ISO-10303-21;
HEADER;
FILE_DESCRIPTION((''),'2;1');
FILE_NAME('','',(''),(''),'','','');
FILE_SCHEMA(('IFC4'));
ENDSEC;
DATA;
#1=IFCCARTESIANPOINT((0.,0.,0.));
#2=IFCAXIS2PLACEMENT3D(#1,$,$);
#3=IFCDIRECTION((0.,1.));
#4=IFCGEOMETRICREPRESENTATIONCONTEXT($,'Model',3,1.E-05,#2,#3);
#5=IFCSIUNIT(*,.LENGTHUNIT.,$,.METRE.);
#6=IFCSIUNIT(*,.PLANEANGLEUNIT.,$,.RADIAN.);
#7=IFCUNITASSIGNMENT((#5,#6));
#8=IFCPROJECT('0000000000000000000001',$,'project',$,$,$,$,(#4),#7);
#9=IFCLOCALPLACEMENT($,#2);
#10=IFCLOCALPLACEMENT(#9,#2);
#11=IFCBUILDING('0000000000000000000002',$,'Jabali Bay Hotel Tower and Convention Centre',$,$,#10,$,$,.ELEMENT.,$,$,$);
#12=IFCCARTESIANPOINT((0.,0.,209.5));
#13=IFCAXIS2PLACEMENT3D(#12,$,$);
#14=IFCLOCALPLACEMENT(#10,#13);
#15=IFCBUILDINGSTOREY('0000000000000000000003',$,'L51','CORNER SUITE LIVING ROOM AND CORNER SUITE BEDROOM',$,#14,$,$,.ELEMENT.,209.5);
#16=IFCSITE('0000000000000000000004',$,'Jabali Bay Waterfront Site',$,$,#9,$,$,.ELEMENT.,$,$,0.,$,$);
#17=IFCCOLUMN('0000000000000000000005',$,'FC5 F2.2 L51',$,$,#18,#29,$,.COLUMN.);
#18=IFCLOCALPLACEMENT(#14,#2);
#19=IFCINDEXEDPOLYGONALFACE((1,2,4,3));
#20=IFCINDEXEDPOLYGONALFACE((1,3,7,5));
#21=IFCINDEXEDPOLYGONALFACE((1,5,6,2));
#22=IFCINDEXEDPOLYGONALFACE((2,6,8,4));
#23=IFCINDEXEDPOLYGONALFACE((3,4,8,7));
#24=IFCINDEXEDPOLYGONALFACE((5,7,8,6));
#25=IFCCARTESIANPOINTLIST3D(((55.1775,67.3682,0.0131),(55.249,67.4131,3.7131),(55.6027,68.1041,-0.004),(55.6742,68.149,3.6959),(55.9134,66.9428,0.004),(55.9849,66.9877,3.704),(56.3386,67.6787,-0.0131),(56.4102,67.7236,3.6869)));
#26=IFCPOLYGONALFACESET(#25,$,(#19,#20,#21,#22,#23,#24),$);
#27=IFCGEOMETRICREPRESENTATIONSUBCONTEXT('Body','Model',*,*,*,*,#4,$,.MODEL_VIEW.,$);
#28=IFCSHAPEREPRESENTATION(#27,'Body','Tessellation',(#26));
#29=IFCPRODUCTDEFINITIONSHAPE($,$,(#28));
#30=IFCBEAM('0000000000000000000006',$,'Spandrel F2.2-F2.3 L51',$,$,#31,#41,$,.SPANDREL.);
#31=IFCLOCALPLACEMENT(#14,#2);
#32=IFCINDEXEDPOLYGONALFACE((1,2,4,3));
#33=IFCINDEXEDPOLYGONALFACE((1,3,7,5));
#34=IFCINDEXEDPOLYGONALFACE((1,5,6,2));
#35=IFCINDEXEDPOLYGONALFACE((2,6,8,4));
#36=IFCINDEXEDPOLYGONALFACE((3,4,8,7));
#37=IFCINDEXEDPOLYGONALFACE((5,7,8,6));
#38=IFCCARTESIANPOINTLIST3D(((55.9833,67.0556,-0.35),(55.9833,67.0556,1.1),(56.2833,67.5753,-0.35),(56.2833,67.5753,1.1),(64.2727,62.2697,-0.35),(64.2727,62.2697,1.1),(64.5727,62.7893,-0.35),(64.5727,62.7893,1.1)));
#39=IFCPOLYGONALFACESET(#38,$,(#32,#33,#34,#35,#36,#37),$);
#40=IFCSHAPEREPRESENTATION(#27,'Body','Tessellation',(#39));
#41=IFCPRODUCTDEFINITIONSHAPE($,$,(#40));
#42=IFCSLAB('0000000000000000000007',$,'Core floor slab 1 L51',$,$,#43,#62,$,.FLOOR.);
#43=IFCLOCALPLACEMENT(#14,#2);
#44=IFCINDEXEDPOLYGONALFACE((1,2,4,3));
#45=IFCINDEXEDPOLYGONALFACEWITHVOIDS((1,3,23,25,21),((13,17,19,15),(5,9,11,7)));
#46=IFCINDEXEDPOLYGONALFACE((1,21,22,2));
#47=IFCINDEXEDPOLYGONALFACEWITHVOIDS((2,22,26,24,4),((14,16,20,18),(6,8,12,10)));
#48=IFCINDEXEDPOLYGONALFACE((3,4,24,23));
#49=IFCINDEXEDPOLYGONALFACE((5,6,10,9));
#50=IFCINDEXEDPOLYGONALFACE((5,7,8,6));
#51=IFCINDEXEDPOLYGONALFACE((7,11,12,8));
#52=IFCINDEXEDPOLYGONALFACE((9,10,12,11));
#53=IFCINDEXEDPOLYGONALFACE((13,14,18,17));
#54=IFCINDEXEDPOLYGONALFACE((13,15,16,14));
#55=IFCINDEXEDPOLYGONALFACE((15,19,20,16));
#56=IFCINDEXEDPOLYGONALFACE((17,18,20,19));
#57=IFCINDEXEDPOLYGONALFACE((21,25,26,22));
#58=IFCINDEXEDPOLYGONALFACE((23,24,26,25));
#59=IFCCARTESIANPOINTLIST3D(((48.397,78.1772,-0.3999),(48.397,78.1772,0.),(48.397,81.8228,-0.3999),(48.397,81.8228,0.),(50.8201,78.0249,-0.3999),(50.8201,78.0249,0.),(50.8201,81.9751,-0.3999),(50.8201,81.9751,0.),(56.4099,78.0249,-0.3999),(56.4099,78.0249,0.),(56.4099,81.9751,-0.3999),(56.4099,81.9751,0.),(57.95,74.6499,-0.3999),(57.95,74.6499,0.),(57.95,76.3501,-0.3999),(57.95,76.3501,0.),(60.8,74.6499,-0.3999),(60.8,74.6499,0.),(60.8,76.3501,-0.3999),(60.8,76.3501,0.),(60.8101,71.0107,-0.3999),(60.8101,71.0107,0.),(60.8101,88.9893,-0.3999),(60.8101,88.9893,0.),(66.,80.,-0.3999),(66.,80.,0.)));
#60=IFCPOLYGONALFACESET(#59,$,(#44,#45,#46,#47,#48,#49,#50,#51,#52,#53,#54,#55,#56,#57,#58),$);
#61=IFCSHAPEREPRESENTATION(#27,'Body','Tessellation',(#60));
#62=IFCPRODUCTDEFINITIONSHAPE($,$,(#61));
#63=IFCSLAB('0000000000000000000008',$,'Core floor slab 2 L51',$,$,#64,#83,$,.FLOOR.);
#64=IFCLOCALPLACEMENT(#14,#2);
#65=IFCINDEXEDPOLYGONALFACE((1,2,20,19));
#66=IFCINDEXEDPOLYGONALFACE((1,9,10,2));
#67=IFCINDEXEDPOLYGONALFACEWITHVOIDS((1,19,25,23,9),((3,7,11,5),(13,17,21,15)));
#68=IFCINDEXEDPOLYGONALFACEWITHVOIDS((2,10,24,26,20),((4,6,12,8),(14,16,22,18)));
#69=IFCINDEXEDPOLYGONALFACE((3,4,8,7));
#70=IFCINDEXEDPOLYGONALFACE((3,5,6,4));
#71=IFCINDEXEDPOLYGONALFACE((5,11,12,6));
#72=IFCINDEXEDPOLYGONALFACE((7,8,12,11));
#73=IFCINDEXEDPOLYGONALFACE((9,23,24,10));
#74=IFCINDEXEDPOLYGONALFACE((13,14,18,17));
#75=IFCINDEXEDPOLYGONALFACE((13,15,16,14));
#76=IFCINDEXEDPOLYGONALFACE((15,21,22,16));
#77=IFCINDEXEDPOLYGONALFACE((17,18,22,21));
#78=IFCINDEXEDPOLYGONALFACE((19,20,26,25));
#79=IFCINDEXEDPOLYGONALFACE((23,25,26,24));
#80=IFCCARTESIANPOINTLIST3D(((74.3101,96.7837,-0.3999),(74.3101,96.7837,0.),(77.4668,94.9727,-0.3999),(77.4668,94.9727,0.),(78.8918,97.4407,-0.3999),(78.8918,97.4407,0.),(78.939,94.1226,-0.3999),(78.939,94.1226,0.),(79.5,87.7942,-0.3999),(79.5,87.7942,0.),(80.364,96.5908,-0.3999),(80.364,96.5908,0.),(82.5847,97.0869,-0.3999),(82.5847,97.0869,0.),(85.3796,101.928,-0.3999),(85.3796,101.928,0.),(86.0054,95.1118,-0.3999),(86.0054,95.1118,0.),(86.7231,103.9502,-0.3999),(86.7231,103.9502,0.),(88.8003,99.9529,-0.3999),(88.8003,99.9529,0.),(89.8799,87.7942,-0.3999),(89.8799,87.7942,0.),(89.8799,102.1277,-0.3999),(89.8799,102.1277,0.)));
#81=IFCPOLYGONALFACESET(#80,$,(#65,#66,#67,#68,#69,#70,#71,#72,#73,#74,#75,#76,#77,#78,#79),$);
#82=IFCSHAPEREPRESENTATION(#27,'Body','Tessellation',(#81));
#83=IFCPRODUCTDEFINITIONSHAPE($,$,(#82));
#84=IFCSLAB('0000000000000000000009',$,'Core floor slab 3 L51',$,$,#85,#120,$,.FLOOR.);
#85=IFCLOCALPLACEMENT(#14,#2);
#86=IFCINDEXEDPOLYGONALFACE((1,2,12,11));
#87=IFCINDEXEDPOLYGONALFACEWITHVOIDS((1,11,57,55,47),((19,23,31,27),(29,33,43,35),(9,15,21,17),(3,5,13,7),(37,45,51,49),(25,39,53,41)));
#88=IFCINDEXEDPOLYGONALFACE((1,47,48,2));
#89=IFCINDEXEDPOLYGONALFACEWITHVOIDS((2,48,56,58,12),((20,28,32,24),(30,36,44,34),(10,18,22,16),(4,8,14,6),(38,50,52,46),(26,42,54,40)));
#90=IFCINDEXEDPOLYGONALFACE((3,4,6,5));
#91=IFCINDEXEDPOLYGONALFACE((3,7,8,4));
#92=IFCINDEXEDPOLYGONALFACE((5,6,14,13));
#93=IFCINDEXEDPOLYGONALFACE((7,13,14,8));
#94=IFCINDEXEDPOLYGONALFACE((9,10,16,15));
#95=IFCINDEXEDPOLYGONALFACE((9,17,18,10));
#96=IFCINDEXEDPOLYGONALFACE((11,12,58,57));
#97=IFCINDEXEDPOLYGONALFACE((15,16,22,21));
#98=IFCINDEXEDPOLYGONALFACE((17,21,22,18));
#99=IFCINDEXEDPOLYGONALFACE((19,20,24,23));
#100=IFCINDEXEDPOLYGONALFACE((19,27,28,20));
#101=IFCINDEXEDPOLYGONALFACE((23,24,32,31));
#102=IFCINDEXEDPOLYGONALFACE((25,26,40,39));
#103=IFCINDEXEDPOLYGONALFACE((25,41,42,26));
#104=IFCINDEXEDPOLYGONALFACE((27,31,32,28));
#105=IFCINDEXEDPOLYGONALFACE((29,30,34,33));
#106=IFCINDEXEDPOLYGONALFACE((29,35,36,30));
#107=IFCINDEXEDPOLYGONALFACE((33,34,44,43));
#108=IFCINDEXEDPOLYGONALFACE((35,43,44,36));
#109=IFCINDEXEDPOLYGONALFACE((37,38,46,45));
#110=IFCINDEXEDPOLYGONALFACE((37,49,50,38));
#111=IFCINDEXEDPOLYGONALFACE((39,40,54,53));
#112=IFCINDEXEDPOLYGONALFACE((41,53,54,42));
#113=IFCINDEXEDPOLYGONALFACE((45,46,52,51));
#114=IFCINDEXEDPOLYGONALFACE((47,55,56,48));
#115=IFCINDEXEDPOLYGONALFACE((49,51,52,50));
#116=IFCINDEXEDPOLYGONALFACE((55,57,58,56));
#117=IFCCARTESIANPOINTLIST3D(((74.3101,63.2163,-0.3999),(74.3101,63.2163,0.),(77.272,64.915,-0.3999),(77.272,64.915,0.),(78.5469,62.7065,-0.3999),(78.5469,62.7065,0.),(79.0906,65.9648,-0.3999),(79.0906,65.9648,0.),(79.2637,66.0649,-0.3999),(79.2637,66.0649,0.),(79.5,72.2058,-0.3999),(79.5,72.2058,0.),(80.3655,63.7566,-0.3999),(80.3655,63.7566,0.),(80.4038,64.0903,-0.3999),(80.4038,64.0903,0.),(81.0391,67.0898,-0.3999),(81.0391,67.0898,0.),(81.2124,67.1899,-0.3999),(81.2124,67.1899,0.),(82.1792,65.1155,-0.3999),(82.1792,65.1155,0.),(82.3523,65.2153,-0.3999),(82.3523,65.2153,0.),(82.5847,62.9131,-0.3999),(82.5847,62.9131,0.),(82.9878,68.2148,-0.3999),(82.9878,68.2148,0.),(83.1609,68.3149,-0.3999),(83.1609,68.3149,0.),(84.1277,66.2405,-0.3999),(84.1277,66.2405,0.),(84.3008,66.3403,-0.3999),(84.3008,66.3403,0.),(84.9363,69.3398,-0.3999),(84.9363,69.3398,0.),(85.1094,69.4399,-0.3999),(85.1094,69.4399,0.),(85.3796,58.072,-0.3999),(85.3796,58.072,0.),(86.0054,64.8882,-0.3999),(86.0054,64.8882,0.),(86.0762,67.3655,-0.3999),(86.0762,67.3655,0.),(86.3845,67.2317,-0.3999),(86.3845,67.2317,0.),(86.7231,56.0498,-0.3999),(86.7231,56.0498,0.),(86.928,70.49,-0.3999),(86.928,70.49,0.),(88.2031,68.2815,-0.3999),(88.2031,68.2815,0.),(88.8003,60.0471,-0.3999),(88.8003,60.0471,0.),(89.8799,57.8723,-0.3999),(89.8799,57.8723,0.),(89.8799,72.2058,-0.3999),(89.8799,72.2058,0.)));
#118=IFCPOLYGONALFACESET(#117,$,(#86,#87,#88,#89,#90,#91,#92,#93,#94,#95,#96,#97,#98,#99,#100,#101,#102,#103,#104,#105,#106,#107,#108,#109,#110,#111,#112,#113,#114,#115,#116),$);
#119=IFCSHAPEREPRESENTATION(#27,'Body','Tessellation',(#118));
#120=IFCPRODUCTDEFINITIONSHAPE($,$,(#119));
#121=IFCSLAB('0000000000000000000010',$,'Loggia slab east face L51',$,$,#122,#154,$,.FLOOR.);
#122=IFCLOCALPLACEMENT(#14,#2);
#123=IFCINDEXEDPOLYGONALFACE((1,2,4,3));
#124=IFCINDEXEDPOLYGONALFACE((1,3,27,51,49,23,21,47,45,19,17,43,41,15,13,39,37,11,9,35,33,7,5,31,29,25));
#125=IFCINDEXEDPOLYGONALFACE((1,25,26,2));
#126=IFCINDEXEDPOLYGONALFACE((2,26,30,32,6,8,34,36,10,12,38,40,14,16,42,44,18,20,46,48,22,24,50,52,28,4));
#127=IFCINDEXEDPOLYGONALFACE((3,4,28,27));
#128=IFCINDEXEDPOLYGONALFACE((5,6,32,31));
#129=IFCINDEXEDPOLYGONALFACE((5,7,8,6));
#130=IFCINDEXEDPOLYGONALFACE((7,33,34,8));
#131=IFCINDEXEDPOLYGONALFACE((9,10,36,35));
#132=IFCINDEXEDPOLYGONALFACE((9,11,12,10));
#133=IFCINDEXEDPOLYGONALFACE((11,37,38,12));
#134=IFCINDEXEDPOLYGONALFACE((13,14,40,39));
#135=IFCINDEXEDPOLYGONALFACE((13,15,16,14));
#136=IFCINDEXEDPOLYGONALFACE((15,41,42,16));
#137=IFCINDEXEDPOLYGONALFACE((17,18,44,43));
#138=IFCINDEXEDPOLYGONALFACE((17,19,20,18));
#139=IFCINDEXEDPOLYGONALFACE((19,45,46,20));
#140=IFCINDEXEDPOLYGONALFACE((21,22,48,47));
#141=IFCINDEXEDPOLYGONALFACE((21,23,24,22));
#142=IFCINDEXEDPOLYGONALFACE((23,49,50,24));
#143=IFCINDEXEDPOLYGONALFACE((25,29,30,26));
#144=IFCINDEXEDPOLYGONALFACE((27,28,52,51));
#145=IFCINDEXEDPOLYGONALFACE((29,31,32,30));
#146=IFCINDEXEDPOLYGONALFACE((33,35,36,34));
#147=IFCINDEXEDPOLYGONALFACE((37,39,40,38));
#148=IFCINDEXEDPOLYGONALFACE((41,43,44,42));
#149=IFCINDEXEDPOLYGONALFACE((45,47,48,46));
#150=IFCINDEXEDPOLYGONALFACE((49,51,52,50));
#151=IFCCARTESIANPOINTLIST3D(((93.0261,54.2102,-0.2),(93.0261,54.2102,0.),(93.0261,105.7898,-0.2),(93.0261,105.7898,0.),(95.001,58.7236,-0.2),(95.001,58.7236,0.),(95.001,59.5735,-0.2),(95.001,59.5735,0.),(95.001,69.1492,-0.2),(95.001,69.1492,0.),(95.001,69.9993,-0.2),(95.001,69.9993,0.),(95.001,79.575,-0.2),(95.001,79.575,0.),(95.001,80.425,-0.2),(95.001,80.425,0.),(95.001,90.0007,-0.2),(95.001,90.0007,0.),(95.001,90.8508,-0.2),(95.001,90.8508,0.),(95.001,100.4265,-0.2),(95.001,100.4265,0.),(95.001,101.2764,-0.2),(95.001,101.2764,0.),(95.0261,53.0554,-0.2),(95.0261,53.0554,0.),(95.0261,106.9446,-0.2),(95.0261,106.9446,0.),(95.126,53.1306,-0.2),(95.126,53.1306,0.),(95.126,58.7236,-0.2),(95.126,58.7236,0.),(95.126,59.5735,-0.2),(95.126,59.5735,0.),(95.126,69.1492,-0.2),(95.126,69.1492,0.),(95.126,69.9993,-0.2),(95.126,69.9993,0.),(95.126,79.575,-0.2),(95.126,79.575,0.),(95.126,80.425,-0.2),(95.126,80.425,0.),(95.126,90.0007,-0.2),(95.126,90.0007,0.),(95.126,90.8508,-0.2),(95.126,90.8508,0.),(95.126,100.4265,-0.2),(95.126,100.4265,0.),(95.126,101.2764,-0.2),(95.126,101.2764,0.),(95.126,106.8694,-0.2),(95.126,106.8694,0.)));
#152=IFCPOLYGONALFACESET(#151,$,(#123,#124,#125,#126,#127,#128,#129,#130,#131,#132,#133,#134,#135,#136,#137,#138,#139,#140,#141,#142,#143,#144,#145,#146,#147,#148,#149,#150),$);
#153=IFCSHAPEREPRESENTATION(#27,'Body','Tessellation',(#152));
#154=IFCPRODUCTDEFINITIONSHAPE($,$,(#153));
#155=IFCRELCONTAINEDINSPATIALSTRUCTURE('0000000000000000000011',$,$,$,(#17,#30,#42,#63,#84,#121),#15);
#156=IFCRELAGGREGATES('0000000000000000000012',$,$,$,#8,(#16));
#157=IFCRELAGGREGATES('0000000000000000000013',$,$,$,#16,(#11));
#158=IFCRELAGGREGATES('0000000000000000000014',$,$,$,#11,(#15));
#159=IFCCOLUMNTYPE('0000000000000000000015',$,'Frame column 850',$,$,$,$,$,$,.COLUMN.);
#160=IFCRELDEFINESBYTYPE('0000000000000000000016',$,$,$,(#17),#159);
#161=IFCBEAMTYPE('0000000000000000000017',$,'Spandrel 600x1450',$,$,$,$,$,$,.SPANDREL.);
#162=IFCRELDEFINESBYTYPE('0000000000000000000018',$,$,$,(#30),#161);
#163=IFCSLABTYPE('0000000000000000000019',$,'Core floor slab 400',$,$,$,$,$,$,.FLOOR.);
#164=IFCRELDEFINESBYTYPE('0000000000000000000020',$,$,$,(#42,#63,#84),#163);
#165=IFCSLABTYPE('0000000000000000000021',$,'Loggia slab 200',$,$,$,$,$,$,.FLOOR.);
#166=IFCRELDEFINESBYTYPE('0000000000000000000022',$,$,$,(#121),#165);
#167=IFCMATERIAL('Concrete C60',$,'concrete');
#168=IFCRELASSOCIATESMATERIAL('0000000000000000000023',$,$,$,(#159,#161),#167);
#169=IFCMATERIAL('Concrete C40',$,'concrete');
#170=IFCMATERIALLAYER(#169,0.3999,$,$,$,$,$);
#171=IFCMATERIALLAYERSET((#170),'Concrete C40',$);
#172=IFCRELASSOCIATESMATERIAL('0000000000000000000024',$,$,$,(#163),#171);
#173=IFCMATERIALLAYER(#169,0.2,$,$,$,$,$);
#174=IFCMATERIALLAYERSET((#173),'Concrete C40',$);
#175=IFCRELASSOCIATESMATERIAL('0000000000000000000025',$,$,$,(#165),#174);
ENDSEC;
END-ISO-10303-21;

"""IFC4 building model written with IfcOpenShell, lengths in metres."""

from ifc_helpers import new_model, si_unit, direction, frame, origin, origin_2d, place, context, subcontext, project, spatial, polyline, rectangle, outline, extrude, material, layer, layer_set, material_profile, profile_set, type_object, element, save


model = new_model("IFC4")

# Units and contexts
model_context = context("Model", 3, precision=1e-05, world=origin(), true_north=direction((0.0, 1.0)))
body_context = subcontext(model_context, "Body", "Model", "MODEL_VIEW")
ifc_project = project(units=[si_unit("LENGTHUNIT", "METRE"), si_unit("PLANEANGLEUNIT", "RADIAN")], contexts=[model_context])

# Site, building, storey
site_placement = place(None, origin())
site = spatial("IfcSite", under=ifc_project, at=site_placement, Name="Jabali Bay Waterfront Site", CompositionType="ELEMENT", RefElevation=0.0)
building_placement = place(site_placement, origin())
building = spatial("IfcBuilding", under=site, at=building_placement, Name="Jabali Bay Hotel Tower and Convention Centre", CompositionType="ELEMENT")
storey_placement = place(building_placement, frame((0.0, 0.0, 209.5)))
storey = spatial("IfcBuildingStorey", under=building, at=storey_placement, Name="L51", Description="CORNER SUITE LIVING ROOM AND CORNER SUITE BEDROOM", CompositionType="ELEMENT", Elevation=209.5)

# Column
ifc_material_1 = material(Name="Concrete C60", Category="concrete")
ifc_material_profile_1 = material_profile(ifc_material_1, rectangle(XDim=0.8501, YDim=0.8501, at=origin_2d()), Name="Frame column 850")
ifc_profile_set_1 = profile_set([ifc_material_profile_1], Name="Concrete C60")
column_type = type_object("IfcColumnType", Name="Frame column 850", PredefinedType="COLUMN", material=ifc_profile_set_1)
column_placement = place(storey_placement, frame((55.7581, 67.5234, 0.0), z_axis=(0.019329, 0.012138, 0.99974), x_axis=(-0.865686, 0.500474, 0.01066)))
element("IfcColumn", 1, at=column_placement, inside=storey, type_object=column_type, Name="FC5 F2.2 L51", PredefinedType="COLUMN", context=body_context, shape_type="SweptSolid", body=[
    extrude(rectangle(XDim=0.8501, YDim=0.8501, at=origin_2d()), origin(), (0.0, 0.0, 1.0), 3.7009),
])

# Beam
ifc_material_profile_2 = material_profile(ifc_material_1, rectangle(XDim=0.6001, YDim=1.45, at=origin_2d()), Name="Spandrel 600x1450")
ifc_profile_set_2 = profile_set([ifc_material_profile_2], Name="Concrete C60")
beam_type = type_object("IfcBeamType", Name="Spandrel 600x1450", PredefinedType="SPANDREL", material=ifc_profile_set_2)
beam_placement = place(storey_placement, frame((56.1333, 67.3154, 0.375), z_axis=(0.866023, -0.500004, 0.0), x_axis=(0.500004, 0.866023, 0.0)))
element("IfcBeam", 2, at=beam_placement, inside=storey, type_object=beam_type, Name="Spandrel F2.2-F2.3 L51", PredefinedType="SPANDREL", context=body_context, shape_type="SweptSolid", body=[
    extrude(rectangle(XDim=0.6001, YDim=1.45, at=origin_2d()), origin(), (0.0, 0.0, 1.0), 9.5718),
])

# Slabs
ifc_material_2 = material(Name="Concrete C40", Category="concrete")
ifc_layer_1 = layer(ifc_material_2, 0.3999)
ifc_layer_set_1 = layer_set([ifc_layer_1], Name="Concrete C40")
slab_type_1 = type_object("IfcSlabType", Name="Core floor slab 400", PredefinedType="FLOOR", material=ifc_layer_set_1)
slab_1_placement = place(storey_placement, frame((0.0, 0.0, -0.3999)))
element("IfcSlab", 3, at=slab_1_placement, inside=storey, type_object=slab_type_1, Name="Core floor slab 1 L51", PredefinedType="FLOOR", context=body_context, shape_type="SweptSolid", body=[
    extrude(outline(polyline([(66.0, 80.0), (60.8101, 88.9893), (48.397, 81.8228), (48.397, 78.1772), (60.8101, 71.0107), (66.0, 80.0)]), holes=[polyline([(60.8, 76.3501), (57.95, 76.3501), (57.95, 74.6499), (60.8, 74.6499), (60.8, 76.3501)]), polyline([(50.8201, 81.9751), (50.8201, 78.0249), (56.4099, 78.0249), (56.4099, 81.9751), (50.8201, 81.9751)])]), origin(), (0.0, 0.0, 1.0), 0.3999),
])
slab_2_placement = place(storey_placement, frame((0.0, 0.0, -0.3999)))
element("IfcSlab", 4, at=slab_2_placement, inside=storey, type_object=slab_type_1, Name="Core floor slab 2 L51", PredefinedType="FLOOR", context=body_context, shape_type="SweptSolid", body=[
    extrude(outline(polyline([(79.5, 87.7942), (89.8799, 87.7942), (89.8799, 102.1277), (86.7231, 103.9502), (74.3101, 96.7837), (79.5, 87.7942)]), holes=[polyline([(78.939, 94.1226), (80.364, 96.5908), (78.8918, 97.4407), (77.4668, 94.9727), (78.939, 94.1226)]), polyline([(88.8003, 99.9529), (85.3796, 101.928), (82.5847, 97.0869), (86.0054, 95.1118), (88.8003, 99.9529)])]), origin(), (0.0, 0.0, 1.0), 0.3999),
])
slab_3_placement = place(storey_placement, frame((0.0, 0.0, -0.3999)))
element("IfcSlab", 5, at=slab_3_placement, inside=storey, type_object=slab_type_1, Name="Core floor slab 3 L51", PredefinedType="FLOOR", context=body_context, shape_type="SweptSolid", body=[
    extrude(outline(polyline([(79.5, 72.2058), (74.3101, 63.2163), (86.7231, 56.0498), (89.8799, 57.8723), (89.8799, 72.2058), (79.5, 72.2058)]), holes=[polyline([(82.5847, 62.9131), (85.3796, 58.072), (88.8003, 60.0471), (86.0054, 64.8882), (82.5847, 62.9131)]), polyline([(80.3655, 63.7566), (79.0906, 65.9648), (77.272, 64.915), (78.5469, 62.7065), (80.3655, 63.7566)]), polyline([(82.1792, 65.1155), (81.0391, 67.0898), (79.2637, 66.0649), (80.4038, 64.0903), (82.1792, 65.1155)]), polyline([(82.9878, 68.2148), (81.2124, 67.1899), (82.3523, 65.2153), (84.1277, 66.2405), (82.9878, 68.2148)]), polyline([(86.0762, 67.3655), (84.9363, 69.3398), (83.1609, 68.3149), (84.3008, 66.3403), (86.0762, 67.3655)]), polyline([(88.2031, 68.2815), (86.928, 70.49), (85.1094, 69.4399), (86.3845, 67.2317), (88.2031, 68.2815)])]), origin(), (0.0, 0.0, 1.0), 0.3999),
])
ifc_layer_2 = layer(ifc_material_2, 0.2)
ifc_layer_set_2 = layer_set([ifc_layer_2], Name="Concrete C40")
slab_type_2 = type_object("IfcSlabType", Name="Loggia slab 200", PredefinedType="FLOOR", material=ifc_layer_set_2)
slab_4_placement = place(storey_placement, frame((0.0, 0.0, -0.2)))
element("IfcSlab", 6, at=slab_4_placement, inside=storey, type_object=slab_type_2, Name="Loggia slab east face L51", PredefinedType="FLOOR", context=body_context, shape_type="SweptSolid", body=[
    extrude(outline(polyline([(93.0261, 105.7898), (95.0261, 106.9446), (95.126, 106.8694), (95.126, 101.2764), (95.001, 101.2764), (95.001, 100.4265), (95.126, 100.4265), (95.126, 90.8508), (95.001, 90.8508), (95.001, 90.0007), (95.126, 90.0007), (95.126, 80.425), (95.001, 80.425), (95.001, 79.575), (95.126, 79.575), (95.126, 69.9993), (95.001, 69.9993), (95.001, 69.1492), (95.126, 69.1492), (95.126, 59.5735), (95.001, 59.5735), (95.001, 58.7236), (95.126, 58.7236), (95.126, 53.1306), (95.0261, 53.0554), (93.0261, 54.2102), (93.0261, 105.7898)])), origin(), (0.0, 0.0, 1.0), 0.2),
])

save(model, "model.ifc")
